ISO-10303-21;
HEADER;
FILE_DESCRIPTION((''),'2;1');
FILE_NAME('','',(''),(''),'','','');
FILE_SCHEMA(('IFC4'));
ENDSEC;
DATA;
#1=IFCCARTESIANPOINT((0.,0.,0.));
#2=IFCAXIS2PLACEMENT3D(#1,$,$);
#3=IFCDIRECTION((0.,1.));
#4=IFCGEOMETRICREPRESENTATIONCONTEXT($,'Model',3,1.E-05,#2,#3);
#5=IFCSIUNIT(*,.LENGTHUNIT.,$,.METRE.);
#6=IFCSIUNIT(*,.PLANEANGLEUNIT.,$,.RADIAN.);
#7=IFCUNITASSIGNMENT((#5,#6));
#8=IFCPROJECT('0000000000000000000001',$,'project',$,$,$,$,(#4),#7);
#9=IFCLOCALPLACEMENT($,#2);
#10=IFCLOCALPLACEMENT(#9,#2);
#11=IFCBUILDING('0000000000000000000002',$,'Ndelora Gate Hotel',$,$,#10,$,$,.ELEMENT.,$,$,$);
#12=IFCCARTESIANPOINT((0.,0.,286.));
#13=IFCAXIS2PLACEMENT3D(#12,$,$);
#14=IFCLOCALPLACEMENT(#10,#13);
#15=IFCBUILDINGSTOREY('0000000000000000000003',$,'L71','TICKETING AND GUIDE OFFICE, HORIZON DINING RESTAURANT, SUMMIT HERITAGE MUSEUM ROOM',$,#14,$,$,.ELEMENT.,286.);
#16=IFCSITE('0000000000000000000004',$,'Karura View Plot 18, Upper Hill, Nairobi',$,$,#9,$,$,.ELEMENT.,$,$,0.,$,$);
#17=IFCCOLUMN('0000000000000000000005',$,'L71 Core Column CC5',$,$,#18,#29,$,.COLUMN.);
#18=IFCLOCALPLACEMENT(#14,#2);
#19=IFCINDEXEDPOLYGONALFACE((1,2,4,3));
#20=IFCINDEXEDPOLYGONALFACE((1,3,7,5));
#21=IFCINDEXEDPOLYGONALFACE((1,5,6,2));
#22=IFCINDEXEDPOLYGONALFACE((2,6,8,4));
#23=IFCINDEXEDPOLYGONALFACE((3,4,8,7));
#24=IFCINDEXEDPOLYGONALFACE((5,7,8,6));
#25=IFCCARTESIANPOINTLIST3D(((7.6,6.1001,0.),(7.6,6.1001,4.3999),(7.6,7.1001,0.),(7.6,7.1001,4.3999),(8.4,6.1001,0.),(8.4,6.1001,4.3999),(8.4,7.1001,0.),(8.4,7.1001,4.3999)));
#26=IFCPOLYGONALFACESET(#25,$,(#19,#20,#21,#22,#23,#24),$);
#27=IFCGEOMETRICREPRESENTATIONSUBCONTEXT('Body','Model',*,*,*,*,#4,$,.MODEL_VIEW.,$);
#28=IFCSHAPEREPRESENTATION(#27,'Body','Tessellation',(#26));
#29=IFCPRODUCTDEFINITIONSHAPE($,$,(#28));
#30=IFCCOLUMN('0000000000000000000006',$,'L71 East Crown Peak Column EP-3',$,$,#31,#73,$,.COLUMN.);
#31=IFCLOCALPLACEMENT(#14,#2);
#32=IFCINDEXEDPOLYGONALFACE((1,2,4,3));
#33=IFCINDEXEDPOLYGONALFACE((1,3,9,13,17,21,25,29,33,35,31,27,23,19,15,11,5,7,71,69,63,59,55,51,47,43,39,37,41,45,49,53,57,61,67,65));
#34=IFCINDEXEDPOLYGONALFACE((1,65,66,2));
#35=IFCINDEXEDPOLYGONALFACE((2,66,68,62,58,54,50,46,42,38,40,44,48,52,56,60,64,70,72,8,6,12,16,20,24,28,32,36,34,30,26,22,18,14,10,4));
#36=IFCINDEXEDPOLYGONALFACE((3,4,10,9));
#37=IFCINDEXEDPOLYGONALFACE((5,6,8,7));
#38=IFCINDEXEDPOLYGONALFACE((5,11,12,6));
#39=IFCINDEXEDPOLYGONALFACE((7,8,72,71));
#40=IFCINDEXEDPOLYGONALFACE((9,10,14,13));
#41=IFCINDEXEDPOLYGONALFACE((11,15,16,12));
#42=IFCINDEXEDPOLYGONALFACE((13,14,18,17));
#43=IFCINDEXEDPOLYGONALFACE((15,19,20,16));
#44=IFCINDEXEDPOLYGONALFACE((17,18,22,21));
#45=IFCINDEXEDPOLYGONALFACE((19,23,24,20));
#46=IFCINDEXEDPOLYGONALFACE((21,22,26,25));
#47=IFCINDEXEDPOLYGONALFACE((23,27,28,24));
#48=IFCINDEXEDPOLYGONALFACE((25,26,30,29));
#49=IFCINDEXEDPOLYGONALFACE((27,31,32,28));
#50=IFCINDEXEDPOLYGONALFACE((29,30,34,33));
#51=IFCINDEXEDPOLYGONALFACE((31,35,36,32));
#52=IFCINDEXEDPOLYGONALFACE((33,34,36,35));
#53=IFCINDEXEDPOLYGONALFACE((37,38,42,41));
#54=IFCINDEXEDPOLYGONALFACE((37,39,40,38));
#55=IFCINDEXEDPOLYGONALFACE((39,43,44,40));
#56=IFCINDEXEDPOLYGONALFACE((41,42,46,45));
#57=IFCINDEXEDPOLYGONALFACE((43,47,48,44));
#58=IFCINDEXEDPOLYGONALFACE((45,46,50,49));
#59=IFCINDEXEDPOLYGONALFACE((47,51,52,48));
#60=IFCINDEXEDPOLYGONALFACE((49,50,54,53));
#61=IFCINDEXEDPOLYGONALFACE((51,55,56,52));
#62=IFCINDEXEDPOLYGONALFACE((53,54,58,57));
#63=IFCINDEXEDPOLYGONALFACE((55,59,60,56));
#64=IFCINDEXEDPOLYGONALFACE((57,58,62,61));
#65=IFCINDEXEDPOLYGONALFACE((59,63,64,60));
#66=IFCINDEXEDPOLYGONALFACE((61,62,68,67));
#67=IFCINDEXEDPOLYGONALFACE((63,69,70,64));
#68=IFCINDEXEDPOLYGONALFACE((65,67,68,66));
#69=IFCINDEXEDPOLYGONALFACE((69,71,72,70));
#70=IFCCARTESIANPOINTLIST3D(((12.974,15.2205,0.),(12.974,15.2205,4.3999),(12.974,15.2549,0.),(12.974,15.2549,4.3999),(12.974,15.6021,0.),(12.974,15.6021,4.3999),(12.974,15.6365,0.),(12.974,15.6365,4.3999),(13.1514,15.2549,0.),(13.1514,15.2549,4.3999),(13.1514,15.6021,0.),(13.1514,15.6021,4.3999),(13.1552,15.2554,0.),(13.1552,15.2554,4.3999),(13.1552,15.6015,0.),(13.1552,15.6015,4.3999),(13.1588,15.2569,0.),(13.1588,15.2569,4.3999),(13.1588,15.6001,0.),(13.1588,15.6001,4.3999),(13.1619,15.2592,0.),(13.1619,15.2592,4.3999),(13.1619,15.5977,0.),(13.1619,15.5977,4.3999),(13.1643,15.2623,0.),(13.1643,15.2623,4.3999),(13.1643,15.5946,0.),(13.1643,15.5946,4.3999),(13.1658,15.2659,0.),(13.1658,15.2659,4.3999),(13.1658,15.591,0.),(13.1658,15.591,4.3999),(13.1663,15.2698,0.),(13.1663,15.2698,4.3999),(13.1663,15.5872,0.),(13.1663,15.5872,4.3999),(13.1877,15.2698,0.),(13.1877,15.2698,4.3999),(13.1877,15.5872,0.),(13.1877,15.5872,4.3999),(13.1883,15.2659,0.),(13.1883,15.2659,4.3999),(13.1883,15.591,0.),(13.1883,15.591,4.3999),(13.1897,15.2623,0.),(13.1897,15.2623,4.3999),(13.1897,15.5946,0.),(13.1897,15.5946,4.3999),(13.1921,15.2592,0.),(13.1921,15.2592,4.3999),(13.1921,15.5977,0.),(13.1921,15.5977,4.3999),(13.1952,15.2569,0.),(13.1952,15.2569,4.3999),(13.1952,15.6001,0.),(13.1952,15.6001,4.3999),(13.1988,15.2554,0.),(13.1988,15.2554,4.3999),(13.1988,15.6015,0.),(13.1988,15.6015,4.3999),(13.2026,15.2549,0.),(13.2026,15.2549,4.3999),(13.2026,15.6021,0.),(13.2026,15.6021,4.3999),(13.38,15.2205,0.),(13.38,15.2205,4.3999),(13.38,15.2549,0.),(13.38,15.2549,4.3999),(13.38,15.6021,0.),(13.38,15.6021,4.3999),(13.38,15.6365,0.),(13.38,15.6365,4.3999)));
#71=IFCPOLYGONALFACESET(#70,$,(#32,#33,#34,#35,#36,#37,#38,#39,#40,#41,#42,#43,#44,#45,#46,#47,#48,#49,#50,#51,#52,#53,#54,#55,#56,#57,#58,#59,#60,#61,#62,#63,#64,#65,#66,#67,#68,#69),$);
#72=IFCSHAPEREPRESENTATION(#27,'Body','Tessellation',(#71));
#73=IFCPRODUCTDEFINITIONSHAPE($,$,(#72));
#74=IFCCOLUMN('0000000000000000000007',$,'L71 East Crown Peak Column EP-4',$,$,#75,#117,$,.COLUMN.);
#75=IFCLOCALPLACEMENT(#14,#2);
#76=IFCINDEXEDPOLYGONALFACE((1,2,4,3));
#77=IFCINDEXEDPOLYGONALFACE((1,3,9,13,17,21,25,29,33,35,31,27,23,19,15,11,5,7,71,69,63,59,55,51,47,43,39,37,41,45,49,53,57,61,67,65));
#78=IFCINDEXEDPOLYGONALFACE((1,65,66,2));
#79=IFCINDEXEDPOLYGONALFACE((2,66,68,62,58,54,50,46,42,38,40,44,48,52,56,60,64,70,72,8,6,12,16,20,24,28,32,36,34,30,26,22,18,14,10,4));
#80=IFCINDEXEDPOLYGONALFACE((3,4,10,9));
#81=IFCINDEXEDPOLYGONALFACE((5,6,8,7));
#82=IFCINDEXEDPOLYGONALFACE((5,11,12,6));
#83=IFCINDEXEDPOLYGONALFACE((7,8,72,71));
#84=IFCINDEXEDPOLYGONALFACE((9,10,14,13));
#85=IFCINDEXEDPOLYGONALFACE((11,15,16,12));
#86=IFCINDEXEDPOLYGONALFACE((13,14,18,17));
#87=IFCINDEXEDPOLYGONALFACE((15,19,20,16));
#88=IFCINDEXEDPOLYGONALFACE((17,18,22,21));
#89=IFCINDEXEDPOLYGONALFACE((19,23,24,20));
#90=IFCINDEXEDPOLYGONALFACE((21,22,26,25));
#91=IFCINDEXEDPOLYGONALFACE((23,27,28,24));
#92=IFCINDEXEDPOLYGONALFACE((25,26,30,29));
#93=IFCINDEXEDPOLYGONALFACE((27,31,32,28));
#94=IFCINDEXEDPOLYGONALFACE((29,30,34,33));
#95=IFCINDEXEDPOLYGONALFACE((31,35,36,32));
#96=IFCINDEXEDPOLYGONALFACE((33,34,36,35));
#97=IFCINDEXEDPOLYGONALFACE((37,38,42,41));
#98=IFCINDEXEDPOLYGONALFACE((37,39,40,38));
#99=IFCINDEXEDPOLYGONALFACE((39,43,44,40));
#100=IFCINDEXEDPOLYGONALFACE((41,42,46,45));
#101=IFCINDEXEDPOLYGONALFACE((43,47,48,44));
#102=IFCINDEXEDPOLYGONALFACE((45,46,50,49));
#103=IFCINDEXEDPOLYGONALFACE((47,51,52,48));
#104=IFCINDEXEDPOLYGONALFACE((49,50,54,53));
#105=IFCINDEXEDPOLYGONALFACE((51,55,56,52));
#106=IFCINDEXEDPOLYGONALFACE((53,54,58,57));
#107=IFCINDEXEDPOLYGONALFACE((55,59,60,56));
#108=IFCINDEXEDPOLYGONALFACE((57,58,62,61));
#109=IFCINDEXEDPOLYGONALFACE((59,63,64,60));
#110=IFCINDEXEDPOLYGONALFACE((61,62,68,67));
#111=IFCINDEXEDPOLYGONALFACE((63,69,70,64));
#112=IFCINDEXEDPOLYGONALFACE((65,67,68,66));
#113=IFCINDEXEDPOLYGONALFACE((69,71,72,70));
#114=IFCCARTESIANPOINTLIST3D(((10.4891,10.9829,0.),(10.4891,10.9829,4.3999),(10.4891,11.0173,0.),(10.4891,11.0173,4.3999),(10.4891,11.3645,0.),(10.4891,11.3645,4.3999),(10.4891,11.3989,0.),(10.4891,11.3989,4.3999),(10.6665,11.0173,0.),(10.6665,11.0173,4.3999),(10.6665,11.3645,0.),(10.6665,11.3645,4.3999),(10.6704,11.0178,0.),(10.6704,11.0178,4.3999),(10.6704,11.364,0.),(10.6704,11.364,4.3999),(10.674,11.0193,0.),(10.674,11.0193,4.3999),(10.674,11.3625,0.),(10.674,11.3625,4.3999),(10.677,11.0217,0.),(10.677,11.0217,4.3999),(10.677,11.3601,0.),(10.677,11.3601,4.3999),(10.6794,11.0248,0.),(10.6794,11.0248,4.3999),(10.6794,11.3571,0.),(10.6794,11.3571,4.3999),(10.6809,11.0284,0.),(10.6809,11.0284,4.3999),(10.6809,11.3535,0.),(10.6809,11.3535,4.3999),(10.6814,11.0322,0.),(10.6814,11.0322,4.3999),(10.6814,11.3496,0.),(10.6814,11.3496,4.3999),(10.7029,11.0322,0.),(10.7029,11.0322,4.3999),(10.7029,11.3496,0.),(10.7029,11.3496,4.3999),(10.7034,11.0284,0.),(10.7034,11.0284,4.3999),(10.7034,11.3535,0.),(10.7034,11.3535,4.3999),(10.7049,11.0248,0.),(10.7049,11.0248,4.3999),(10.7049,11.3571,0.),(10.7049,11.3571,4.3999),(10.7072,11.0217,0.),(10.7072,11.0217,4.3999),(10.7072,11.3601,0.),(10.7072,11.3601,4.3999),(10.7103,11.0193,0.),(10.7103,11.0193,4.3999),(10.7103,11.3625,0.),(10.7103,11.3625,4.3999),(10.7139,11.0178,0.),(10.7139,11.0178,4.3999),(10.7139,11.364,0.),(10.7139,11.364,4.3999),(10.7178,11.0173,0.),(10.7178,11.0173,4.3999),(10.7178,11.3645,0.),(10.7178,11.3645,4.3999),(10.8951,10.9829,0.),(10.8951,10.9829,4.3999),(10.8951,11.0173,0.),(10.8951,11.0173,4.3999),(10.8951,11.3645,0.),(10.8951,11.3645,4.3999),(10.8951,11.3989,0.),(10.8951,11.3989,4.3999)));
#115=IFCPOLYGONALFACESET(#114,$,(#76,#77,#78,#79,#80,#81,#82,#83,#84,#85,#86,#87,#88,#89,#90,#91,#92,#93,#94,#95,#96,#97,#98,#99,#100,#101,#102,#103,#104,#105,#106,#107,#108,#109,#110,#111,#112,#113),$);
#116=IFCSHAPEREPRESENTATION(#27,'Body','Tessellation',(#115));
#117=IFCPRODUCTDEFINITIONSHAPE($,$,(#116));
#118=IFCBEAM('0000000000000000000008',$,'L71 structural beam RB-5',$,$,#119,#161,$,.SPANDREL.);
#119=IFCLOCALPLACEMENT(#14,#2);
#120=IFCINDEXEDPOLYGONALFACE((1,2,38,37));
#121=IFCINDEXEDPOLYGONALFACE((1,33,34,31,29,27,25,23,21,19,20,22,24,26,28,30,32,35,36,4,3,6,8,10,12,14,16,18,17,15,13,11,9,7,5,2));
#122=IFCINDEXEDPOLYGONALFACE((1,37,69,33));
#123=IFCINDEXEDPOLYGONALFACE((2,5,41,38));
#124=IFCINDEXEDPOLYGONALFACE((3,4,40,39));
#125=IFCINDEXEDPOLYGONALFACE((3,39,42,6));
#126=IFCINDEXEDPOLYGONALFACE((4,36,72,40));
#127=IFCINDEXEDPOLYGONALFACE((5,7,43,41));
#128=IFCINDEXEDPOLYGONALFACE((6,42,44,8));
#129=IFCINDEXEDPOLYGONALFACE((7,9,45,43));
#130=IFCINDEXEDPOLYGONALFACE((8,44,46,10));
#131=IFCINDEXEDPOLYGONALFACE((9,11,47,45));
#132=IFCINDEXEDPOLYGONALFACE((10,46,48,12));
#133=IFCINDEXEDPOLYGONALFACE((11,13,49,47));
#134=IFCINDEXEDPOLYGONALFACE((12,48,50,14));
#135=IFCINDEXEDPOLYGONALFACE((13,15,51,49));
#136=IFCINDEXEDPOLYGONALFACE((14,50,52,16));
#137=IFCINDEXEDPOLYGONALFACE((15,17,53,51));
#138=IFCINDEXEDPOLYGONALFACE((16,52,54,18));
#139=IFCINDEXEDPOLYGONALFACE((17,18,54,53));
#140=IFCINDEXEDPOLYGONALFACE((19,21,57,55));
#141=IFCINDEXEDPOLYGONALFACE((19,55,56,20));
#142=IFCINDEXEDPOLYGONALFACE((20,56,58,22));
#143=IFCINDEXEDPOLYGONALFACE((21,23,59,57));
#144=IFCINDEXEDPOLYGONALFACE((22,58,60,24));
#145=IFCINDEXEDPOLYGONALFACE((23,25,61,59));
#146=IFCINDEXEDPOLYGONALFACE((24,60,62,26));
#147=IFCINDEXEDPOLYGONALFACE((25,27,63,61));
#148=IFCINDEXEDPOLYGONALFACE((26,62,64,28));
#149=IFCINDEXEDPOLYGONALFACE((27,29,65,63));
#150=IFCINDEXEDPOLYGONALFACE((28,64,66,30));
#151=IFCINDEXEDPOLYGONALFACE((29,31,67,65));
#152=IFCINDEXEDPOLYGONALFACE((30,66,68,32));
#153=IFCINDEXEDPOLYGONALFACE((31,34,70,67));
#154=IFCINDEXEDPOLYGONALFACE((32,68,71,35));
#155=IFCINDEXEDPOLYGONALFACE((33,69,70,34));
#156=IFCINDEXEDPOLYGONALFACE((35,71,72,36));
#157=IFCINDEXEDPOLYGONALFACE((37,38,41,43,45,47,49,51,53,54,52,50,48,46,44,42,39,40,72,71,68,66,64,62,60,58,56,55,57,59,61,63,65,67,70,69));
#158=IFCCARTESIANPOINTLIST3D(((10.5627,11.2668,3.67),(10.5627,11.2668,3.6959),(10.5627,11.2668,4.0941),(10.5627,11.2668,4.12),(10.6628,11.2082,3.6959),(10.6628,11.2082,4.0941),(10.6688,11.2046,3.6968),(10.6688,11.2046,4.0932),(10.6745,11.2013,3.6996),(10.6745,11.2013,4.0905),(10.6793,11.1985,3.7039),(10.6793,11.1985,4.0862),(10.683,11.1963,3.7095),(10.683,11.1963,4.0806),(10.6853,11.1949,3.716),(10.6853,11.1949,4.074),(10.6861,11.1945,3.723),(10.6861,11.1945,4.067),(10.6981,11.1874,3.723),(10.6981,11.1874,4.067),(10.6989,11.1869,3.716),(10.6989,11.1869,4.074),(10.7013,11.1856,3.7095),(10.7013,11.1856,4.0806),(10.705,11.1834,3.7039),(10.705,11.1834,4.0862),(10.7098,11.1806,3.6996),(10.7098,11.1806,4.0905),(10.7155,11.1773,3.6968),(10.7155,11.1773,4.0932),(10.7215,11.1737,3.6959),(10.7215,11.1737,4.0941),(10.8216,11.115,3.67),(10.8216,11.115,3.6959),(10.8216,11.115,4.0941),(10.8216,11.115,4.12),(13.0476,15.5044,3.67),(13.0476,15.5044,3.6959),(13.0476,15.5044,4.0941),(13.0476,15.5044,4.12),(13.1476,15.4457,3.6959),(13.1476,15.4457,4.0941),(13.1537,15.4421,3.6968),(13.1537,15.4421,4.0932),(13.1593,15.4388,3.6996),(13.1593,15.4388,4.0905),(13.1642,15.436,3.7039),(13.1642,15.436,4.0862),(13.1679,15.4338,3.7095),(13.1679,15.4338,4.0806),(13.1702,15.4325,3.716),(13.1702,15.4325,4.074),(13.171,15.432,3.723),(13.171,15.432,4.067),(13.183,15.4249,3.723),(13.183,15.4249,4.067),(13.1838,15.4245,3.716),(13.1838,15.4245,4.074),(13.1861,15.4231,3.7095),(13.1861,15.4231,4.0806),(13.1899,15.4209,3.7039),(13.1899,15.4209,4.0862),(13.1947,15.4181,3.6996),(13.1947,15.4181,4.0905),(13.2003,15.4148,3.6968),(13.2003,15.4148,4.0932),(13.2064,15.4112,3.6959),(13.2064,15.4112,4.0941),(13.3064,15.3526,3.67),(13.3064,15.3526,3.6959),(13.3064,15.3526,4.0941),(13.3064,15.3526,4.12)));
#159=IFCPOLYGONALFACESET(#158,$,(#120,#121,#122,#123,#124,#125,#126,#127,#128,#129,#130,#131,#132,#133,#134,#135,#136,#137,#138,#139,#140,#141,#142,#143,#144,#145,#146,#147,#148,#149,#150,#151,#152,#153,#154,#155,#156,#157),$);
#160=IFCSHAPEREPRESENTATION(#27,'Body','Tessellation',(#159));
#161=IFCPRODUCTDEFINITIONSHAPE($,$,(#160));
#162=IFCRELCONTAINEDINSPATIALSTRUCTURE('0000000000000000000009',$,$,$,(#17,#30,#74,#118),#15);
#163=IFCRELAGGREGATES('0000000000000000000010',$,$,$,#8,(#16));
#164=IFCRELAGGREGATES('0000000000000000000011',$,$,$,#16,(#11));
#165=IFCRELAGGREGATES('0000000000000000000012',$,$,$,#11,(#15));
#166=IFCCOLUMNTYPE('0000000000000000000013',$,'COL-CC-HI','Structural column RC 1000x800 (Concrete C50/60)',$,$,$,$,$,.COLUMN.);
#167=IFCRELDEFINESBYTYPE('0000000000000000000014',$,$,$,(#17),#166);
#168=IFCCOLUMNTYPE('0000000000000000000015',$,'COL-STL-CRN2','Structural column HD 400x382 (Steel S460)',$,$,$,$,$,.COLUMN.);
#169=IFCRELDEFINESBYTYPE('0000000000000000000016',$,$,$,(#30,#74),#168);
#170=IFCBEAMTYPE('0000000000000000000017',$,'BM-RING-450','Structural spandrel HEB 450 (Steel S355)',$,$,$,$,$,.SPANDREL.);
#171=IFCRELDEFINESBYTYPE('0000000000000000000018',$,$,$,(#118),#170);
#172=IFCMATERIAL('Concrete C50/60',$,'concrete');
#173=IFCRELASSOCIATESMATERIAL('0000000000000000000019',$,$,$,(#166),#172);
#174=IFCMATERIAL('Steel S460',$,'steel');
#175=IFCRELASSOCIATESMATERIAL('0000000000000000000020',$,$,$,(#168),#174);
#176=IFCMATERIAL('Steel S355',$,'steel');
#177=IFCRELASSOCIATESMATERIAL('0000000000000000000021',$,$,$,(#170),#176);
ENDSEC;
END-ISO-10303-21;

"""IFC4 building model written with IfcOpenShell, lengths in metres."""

from ifc_helpers import new_model, si_unit, direction, frame, origin, origin_2d, place, context, subcontext, project, spatial, rectangle, i_section, extrude, material, material_profile, profile_set, type_object, element, save


model = new_model("IFC4")

# Units and contexts
model_context = context("Model", 3, precision=1e-05, world=origin(), true_north=direction((0.0, 1.0)))
body_context = subcontext(model_context, "Body", "Model", "MODEL_VIEW")
ifc_project = project(units=[si_unit("LENGTHUNIT", "METRE"), si_unit("PLANEANGLEUNIT", "RADIAN")], contexts=[model_context])

# Site, building, storey
site_placement = place(None, origin())
site = spatial("IfcSite", under=ifc_project, at=site_placement, Name="Karura View Plot 18, Upper Hill, Nairobi", CompositionType="ELEMENT", RefElevation=0.0)
building_placement = place(site_placement, origin())
building = spatial("IfcBuilding", under=site, at=building_placement, Name="Ndelora Gate Hotel", CompositionType="ELEMENT")
storey_placement = place(building_placement, frame((0.0, 0.0, 286.0)))
storey = spatial("IfcBuildingStorey", under=building, at=storey_placement, Name="L71", Description="TICKETING AND GUIDE OFFICE, HORIZON DINING RESTAURANT, SUMMIT HERITAGE MUSEUM ROOM", CompositionType="ELEMENT", Elevation=286.0)

# Columns
ifc_material_1 = material(Name="Concrete C50/60", Category="concrete")
ifc_material_profile_1 = material_profile(ifc_material_1, rectangle(XDim=0.8, YDim=1.0, at=origin_2d()), Name="RC 1000x800")
ifc_profile_set_1 = profile_set([ifc_material_profile_1], Name="Concrete C50/60")
column_type_1 = type_object("IfcColumnType", Name="COL-CC-HI", Description="Structural column RC 1000x800 (Concrete C50/60)", PredefinedType="COLUMN", material=ifc_profile_set_1)
column_placement = place(storey_placement, frame((8.0, 6.6001, 0.0), z_axis=(0.0, 0.0, 1.0), x_axis=(1.0, 0.0, 0.0)))
element("IfcColumn", 1, at=column_placement, inside=storey, type_object=column_type_1, Name="L71 Core Column CC5", PredefinedType="COLUMN", context=body_context, shape_type="SweptSolid", body=[
    extrude(rectangle(XDim=0.8, YDim=1.0, at=origin_2d()), origin(), (0.0, 0.0, 1.0), 4.3999),
])
ifc_material_2 = material(Name="Steel S460", Category="steel")
ifc_material_profile_2 = material_profile(ifc_material_2, i_section(OverallWidth=0.406, OverallDepth=0.416, WebThickness=0.0215, FlangeThickness=0.0344, FilletRadius=0.0149, at=origin_2d()), Name="HD 400x382")
ifc_profile_set_2 = profile_set([ifc_material_profile_2], Name="Steel S460")
column_type_2 = type_object("IfcColumnType", Name="COL-STL-CRN2", Description="Structural column HD 400x382 (Steel S460)", PredefinedType="COLUMN", material=ifc_profile_set_2)
for number, where, z_axis, x_axis, name in (
    (2, (13.177, 15.4285, 0.0), (0.0, 0.0, 1.0), (1.0, 0.0, 0.0), "L71 East Crown Peak Column EP-3"),
    (3, (10.6921, 11.1909, 0.0), (0.0, 0.0, 1.0), (1.0, 0.0, 0.0), "L71 East Crown Peak Column EP-4"),
):
    element("IfcColumn", number, at=place(storey_placement, frame(where, z_axis=z_axis, x_axis=x_axis)), inside=storey, type_object=column_type_2, Name=name, PredefinedType="COLUMN", context=body_context, shape_type="SweptSolid", body=[
        extrude(i_section(OverallWidth=0.406, OverallDepth=0.416, WebThickness=0.0215, FlangeThickness=0.0344, FilletRadius=0.0149, at=origin_2d()), origin(), (0.0, 0.0, 1.0), 4.3999),
    ])

# Beam
ifc_material_3 = material(Name="Steel S355", Category="steel")
ifc_material_profile_3 = material_profile(ifc_material_3, i_section(OverallWidth=0.3, OverallDepth=0.45, WebThickness=0.0139, FlangeThickness=0.0259, FilletRadius=0.0271, at=origin_2d()), Name="HEB 450")
ifc_profile_set_3 = profile_set([ifc_material_profile_3], Name="Steel S355")
beam_type = type_object("IfcBeamType", Name="BM-RING-450", Description="Structural spandrel HEB 450 (Steel S355)", PredefinedType="SPANDREL", material=ifc_profile_set_3)
beam_1_placement = place(storey_placement, frame((13.177, 15.4285, 3.895), z_axis=(-0.505838, -0.862628, 0.0), x_axis=(0.862628, -0.505838, 0.0)))
element("IfcBeam", 4, at=beam_1_placement, inside=storey, type_object=beam_type, Name="L71 structural beam RB-5", PredefinedType="SPANDREL", context=body_context, shape_type="SweptSolid", body=[
    extrude(i_section(OverallWidth=0.3, OverallDepth=0.45, WebThickness=0.0139, FlangeThickness=0.0259, FilletRadius=0.0271, at=origin_2d()), origin(), (0.0, 0.0, 1.0), 4.9124),
])

save(model, "model.ifc")
